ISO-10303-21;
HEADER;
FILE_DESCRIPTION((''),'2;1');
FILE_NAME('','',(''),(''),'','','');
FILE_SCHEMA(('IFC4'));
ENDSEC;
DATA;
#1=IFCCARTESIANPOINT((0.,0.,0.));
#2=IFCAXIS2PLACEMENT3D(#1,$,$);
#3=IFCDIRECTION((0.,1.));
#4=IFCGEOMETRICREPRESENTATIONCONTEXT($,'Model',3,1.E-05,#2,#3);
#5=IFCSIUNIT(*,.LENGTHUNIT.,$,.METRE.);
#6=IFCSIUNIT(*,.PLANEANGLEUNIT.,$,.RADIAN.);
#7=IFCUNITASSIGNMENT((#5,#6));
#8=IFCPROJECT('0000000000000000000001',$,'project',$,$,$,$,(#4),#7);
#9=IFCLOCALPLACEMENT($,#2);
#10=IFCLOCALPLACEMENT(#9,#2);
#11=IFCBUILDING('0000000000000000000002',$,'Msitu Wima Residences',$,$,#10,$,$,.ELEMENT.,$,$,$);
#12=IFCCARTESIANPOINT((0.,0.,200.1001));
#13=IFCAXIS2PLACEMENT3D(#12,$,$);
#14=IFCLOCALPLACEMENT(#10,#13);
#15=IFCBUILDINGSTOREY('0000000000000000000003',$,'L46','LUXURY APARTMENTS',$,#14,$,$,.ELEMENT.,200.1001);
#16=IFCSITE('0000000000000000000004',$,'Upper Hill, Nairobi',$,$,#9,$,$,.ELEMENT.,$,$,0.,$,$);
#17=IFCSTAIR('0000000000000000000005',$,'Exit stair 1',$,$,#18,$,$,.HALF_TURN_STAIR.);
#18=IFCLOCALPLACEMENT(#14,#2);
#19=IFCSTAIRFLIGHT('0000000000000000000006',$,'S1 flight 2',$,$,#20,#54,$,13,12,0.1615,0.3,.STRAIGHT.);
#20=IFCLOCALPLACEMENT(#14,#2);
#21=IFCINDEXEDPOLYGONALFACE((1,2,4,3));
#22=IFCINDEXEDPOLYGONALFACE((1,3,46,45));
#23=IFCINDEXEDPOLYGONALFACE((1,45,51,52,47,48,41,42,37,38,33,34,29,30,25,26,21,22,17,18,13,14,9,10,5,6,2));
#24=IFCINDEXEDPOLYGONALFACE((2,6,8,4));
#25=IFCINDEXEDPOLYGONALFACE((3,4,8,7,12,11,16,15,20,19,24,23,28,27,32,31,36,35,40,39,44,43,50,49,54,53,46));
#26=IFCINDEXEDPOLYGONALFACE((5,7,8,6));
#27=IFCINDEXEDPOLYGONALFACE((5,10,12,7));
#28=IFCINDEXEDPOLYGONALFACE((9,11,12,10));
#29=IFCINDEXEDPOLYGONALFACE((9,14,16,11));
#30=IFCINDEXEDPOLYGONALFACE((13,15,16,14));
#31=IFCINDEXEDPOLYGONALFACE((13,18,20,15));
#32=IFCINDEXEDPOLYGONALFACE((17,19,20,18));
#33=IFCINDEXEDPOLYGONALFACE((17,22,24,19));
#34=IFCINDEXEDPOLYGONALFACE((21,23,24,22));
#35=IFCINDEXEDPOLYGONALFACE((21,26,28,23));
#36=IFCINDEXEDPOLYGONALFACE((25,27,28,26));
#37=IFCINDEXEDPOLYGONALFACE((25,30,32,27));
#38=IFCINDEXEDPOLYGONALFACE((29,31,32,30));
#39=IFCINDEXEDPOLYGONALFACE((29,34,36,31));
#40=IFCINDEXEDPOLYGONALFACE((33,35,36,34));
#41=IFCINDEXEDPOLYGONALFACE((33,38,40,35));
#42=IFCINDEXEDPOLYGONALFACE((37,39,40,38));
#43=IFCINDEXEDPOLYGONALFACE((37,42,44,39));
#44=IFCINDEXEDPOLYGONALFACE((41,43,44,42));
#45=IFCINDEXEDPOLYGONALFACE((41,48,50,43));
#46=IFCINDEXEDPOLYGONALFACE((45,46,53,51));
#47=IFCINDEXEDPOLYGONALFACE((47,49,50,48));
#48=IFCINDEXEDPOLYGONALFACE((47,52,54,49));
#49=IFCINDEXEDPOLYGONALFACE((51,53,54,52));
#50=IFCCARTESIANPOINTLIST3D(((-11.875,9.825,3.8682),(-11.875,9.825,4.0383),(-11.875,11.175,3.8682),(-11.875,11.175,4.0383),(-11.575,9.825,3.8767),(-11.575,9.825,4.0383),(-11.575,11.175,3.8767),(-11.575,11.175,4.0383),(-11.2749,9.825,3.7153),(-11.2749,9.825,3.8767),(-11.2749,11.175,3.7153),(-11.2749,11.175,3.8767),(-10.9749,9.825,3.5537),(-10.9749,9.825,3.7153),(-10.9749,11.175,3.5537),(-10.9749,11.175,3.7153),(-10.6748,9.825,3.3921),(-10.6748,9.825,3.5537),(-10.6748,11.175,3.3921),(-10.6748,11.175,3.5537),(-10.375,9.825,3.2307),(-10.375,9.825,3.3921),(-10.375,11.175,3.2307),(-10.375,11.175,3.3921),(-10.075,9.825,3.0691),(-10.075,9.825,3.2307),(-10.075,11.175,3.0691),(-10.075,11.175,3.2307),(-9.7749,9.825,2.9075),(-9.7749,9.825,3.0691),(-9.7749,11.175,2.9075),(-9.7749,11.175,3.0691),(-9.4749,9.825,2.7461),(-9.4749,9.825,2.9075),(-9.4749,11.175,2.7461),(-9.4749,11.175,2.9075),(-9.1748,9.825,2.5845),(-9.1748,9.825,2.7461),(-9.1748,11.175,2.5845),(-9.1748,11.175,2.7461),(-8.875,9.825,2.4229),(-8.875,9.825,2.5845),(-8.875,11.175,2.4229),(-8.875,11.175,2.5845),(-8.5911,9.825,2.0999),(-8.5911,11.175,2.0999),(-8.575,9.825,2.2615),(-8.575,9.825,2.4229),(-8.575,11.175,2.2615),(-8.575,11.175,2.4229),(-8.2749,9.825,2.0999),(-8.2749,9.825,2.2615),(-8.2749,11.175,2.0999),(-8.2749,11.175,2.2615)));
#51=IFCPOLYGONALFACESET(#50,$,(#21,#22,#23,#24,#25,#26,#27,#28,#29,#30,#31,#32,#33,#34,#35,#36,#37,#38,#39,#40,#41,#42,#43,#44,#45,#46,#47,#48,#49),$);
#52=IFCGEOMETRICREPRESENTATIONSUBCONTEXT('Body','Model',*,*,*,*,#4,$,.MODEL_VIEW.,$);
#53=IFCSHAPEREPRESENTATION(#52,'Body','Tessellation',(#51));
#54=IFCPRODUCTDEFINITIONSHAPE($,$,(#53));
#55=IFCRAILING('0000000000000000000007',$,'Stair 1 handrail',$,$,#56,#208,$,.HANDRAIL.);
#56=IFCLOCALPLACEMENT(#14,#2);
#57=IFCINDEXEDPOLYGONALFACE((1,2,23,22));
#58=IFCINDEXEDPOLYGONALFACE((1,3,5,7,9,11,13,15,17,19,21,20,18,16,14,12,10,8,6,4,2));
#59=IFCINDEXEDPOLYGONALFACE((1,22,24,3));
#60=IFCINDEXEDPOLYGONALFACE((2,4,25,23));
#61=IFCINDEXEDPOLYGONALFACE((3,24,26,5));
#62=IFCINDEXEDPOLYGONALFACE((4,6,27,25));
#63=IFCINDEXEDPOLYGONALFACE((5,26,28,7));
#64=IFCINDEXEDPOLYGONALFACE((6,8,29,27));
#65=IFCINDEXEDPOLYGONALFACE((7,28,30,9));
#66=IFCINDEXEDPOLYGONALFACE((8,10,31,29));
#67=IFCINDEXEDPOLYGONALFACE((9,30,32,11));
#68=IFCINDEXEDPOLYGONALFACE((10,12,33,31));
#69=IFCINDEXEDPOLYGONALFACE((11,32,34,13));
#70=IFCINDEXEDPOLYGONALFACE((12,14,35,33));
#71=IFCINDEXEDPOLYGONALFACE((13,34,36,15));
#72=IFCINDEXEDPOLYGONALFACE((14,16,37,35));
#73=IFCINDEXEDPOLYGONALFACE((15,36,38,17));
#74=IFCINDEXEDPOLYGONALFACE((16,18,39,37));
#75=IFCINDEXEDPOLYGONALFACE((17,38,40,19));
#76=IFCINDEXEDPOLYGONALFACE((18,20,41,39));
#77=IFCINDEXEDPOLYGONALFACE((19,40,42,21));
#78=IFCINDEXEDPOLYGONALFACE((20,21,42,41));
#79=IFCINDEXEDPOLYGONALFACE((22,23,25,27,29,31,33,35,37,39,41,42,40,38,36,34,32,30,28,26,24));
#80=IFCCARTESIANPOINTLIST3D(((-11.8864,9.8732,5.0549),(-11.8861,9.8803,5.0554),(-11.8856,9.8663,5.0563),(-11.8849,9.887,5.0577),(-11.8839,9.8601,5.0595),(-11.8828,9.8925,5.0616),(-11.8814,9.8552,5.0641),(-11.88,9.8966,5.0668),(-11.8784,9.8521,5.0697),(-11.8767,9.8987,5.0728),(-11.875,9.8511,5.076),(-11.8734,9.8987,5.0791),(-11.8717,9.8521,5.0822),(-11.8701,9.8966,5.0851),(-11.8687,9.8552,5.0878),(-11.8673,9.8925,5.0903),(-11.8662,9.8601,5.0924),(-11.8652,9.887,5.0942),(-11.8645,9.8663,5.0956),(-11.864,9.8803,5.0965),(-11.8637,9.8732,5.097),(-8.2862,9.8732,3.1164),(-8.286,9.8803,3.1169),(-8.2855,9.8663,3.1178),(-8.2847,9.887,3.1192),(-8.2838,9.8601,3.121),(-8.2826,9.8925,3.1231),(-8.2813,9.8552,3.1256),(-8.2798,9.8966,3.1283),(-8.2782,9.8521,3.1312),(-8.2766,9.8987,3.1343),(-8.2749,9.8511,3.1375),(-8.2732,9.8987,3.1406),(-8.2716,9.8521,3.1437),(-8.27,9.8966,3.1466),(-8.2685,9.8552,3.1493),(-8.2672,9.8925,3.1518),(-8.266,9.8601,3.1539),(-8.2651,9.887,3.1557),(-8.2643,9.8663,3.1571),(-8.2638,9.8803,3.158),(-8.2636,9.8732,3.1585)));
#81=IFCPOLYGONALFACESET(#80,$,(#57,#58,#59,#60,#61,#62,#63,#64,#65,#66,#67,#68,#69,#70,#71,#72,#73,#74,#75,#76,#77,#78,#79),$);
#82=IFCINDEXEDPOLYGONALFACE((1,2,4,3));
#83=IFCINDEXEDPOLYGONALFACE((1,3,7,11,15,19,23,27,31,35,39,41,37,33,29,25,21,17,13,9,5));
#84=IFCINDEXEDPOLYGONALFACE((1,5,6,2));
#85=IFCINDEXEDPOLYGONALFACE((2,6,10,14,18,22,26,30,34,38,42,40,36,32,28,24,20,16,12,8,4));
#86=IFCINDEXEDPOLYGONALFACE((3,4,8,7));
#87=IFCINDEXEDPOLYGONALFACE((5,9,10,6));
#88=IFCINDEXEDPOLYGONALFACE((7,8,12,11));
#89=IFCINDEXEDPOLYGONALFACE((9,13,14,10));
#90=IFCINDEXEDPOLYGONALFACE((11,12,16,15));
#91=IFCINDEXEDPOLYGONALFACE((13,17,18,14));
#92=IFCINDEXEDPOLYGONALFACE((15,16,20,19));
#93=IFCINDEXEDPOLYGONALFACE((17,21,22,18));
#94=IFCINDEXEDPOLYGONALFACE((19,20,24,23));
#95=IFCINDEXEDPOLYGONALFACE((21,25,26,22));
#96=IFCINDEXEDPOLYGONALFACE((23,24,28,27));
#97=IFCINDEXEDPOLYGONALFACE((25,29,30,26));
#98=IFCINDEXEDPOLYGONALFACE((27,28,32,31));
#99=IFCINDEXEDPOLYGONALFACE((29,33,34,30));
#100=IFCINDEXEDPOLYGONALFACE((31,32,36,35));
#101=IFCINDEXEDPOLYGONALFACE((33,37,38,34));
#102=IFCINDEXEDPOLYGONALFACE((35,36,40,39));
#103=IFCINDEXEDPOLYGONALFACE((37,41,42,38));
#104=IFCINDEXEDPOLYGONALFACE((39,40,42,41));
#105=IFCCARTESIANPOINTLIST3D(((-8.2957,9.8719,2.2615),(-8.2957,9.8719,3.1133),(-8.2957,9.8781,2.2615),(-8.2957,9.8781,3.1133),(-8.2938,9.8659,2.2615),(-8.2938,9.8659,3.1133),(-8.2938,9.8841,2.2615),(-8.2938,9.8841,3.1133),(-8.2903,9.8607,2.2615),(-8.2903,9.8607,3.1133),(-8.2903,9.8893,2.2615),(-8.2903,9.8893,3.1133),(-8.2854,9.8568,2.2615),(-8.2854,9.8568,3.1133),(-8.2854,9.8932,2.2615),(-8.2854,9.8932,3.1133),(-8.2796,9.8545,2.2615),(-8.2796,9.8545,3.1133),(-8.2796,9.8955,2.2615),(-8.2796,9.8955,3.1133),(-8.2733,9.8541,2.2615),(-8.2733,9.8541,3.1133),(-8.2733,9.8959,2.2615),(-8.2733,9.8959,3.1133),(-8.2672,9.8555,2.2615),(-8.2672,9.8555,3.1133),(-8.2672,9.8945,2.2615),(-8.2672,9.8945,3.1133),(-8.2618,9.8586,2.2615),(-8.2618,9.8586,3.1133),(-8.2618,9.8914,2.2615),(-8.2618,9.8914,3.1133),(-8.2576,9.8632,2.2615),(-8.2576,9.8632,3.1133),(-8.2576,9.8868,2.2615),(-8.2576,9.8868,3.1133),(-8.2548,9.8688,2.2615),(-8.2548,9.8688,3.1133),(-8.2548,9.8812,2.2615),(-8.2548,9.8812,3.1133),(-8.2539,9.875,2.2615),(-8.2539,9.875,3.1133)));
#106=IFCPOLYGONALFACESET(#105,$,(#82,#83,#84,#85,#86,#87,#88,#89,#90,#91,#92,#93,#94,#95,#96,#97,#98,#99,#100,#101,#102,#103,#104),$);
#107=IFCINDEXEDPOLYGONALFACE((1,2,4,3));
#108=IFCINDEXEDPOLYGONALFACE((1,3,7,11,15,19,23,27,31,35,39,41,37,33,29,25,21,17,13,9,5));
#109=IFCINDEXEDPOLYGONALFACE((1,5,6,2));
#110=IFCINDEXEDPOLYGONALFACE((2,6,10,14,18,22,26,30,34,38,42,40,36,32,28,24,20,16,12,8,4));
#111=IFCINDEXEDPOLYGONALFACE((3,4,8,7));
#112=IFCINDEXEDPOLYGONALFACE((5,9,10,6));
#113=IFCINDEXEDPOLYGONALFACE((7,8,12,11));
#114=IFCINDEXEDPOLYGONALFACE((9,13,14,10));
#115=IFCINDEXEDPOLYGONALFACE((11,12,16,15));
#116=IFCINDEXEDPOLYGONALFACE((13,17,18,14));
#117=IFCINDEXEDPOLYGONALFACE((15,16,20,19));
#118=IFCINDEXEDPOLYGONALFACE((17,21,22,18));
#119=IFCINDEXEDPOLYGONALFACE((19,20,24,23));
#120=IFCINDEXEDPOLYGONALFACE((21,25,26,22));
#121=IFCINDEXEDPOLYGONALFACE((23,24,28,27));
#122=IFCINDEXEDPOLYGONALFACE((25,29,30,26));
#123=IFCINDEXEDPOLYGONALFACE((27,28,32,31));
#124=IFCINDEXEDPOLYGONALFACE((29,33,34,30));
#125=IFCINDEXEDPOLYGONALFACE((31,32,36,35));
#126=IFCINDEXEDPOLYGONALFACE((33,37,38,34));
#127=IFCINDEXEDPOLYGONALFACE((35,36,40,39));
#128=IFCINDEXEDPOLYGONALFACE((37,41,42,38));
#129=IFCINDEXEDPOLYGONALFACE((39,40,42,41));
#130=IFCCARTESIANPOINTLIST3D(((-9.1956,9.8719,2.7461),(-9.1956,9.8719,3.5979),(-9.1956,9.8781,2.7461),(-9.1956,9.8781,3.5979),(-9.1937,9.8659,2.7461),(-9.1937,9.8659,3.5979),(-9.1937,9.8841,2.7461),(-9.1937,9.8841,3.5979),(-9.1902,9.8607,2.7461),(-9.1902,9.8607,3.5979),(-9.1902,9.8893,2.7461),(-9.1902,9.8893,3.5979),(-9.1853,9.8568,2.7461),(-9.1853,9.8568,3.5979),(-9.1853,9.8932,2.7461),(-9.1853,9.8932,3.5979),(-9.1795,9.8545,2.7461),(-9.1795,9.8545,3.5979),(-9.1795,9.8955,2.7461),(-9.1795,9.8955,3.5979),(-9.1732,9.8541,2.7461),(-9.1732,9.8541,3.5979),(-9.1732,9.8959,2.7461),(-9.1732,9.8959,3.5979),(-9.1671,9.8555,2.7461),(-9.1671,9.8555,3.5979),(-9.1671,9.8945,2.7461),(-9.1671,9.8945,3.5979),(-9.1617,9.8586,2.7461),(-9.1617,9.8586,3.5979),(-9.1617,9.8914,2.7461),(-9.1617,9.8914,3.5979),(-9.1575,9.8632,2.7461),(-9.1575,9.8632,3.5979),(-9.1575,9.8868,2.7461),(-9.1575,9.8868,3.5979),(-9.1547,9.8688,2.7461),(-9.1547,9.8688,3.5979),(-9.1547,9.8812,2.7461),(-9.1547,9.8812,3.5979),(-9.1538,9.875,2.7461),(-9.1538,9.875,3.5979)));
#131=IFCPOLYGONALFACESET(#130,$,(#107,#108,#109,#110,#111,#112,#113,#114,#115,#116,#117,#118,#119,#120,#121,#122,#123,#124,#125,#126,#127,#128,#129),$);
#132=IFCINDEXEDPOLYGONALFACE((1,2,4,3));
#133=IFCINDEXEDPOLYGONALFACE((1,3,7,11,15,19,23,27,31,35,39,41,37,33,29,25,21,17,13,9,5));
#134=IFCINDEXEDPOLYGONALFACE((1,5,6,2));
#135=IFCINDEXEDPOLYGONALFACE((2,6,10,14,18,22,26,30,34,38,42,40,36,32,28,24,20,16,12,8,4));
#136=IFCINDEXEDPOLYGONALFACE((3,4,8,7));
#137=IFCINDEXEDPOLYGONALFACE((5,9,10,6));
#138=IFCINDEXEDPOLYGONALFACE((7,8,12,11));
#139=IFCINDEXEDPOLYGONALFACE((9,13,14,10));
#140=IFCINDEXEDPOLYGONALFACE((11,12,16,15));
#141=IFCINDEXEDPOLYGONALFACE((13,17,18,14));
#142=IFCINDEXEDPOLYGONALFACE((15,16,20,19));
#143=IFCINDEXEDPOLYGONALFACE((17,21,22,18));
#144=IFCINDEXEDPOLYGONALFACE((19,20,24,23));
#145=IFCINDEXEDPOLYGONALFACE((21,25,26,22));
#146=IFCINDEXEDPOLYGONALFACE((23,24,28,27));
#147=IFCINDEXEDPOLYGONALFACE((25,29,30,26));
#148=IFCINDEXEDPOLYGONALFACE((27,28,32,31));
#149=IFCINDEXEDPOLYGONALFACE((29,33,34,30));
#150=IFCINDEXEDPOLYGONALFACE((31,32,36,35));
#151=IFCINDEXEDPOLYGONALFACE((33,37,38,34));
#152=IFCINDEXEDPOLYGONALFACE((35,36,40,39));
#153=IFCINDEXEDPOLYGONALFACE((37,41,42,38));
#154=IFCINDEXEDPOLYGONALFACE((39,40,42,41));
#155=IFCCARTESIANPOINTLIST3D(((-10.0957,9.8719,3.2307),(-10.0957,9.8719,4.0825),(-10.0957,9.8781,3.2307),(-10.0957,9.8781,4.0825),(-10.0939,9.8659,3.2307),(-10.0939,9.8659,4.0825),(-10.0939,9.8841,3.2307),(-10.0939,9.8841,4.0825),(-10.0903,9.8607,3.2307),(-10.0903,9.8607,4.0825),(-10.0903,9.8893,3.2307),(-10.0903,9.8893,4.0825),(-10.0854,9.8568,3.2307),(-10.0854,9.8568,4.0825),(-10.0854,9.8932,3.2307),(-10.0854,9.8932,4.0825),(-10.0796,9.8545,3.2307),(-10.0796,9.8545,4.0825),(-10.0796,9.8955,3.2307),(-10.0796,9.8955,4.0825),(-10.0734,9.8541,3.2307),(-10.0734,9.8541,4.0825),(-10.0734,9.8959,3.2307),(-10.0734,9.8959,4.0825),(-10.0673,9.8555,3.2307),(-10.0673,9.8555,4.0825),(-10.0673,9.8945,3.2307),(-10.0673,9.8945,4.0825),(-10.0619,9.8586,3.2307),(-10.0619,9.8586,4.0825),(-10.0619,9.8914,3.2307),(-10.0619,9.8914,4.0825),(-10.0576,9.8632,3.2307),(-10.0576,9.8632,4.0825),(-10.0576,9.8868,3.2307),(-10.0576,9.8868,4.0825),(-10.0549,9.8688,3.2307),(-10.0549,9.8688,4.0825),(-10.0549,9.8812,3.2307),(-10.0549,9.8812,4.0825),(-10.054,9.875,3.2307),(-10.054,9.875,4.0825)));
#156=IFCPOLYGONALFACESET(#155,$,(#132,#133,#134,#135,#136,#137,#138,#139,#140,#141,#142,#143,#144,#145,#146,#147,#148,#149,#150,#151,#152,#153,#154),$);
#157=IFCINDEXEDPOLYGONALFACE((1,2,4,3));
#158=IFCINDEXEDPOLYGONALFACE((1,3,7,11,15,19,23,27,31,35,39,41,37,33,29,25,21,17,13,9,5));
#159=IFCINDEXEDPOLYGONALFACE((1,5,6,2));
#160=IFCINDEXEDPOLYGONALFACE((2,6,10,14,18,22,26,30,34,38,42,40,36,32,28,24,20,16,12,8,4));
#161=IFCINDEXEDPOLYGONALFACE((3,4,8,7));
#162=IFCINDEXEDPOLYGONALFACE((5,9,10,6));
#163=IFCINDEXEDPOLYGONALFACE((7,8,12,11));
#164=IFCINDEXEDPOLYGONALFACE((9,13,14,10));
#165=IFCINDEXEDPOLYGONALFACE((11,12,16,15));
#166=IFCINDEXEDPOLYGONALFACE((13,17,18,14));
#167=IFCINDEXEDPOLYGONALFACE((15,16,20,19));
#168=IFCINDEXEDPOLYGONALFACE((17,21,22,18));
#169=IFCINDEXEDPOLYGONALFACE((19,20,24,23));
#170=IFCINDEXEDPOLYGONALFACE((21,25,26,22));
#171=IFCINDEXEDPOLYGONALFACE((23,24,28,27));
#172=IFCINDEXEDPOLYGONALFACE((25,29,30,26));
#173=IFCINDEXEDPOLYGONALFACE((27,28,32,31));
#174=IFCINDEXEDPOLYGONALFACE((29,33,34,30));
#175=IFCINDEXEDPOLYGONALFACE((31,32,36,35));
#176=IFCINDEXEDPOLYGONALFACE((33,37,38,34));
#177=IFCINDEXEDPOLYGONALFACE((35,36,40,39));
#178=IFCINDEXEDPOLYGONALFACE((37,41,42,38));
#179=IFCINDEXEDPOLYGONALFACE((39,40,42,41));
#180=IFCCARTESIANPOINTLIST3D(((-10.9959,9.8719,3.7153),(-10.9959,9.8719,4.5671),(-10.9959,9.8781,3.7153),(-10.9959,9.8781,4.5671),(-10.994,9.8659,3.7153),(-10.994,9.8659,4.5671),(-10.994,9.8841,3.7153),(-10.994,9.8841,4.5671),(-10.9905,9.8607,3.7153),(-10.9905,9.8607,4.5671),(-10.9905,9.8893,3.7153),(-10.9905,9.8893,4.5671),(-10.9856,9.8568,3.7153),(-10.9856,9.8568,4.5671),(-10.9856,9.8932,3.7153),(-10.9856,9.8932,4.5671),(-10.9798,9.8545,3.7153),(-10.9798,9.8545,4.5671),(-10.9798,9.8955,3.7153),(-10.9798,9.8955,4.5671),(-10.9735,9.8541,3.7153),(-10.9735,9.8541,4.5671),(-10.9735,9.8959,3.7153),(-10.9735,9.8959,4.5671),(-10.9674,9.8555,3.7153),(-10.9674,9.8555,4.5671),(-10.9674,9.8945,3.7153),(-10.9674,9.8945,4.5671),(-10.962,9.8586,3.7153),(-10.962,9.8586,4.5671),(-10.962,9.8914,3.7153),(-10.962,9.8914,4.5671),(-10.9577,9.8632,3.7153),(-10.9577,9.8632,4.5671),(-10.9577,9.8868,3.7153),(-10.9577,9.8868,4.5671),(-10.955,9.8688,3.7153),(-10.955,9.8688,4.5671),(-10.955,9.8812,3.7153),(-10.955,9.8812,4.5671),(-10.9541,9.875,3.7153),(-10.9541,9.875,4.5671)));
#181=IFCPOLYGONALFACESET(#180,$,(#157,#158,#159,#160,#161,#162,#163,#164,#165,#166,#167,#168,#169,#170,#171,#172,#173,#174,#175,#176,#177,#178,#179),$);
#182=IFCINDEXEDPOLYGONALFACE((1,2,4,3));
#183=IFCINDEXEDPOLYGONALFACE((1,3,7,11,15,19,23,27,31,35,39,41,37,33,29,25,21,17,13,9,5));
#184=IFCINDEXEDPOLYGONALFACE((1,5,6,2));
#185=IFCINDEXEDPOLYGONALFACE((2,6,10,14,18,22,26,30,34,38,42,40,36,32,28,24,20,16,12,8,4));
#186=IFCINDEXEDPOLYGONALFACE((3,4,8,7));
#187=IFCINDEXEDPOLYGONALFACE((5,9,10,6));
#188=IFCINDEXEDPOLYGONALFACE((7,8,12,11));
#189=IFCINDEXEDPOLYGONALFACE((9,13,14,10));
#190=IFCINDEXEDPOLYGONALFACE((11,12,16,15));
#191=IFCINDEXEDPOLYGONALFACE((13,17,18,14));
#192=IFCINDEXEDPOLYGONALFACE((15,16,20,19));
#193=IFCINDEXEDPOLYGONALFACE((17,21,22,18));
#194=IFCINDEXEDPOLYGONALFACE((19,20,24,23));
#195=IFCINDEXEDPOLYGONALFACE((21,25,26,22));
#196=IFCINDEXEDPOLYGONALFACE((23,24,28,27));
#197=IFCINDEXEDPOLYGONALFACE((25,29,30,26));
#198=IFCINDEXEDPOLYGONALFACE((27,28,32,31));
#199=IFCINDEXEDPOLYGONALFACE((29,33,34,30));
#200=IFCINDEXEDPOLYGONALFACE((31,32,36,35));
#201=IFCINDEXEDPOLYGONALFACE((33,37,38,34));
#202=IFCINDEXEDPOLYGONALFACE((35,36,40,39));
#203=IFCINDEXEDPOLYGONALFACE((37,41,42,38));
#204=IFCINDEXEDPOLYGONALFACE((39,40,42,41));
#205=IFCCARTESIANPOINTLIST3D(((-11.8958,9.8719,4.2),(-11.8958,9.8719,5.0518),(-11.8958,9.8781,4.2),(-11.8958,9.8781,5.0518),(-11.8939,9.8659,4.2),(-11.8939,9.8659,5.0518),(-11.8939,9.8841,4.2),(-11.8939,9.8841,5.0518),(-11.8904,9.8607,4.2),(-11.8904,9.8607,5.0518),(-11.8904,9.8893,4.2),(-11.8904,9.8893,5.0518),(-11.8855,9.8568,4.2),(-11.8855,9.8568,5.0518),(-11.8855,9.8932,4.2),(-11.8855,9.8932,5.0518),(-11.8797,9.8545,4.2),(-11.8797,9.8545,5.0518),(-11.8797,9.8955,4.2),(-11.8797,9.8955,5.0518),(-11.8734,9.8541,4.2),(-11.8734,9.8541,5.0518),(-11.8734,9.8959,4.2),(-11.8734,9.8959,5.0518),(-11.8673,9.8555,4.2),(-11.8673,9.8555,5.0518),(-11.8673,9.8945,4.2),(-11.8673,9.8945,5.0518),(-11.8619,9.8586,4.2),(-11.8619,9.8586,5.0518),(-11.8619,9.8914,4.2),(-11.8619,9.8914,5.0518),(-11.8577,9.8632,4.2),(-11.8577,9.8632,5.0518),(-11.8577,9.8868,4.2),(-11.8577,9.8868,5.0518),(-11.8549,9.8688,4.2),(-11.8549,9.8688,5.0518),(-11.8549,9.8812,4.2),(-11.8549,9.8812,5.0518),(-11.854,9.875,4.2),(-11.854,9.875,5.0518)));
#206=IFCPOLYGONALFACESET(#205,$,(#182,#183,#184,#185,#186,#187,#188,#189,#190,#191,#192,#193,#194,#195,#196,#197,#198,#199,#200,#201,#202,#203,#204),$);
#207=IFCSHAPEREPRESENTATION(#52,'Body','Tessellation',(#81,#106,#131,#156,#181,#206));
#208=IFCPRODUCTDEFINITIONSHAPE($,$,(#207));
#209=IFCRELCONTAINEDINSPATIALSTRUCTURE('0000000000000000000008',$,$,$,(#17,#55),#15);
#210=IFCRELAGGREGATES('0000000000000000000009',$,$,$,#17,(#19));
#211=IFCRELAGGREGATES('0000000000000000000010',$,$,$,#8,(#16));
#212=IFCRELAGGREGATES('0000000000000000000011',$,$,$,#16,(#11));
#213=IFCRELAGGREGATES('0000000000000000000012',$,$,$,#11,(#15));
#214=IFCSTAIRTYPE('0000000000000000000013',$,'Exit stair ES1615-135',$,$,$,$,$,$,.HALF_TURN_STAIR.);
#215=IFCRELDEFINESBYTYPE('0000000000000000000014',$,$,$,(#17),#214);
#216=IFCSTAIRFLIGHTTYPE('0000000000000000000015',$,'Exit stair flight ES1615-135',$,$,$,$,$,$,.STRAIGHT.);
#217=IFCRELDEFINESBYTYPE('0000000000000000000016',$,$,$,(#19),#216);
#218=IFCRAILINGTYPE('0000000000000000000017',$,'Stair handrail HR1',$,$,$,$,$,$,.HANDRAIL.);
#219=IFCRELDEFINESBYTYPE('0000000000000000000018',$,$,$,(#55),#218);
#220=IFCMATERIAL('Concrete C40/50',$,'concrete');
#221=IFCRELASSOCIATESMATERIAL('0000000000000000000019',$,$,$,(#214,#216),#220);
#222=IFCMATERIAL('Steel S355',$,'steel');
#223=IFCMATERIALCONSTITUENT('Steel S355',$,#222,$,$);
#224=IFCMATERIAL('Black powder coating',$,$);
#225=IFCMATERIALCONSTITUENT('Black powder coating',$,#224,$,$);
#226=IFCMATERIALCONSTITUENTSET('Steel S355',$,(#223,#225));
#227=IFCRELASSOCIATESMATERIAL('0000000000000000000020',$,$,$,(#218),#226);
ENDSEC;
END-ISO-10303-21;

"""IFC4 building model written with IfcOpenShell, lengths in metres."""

from ifc_helpers import new_model, si_unit, direction, frame, origin, origin_2d, place, context, subcontext, project, spatial, polyline, circle, outline, extrude, material, constituent, constituent_set, type_object, element, aggregate, save


model = new_model("IFC4")

# Units and contexts
model_context = context("Model", 3, precision=1e-05, world=origin(), true_north=direction((0.0, 1.0)))
body_context = subcontext(model_context, "Body", "Model", "MODEL_VIEW")
ifc_project = project(units=[si_unit("LENGTHUNIT", "METRE"), si_unit("PLANEANGLEUNIT", "RADIAN")], contexts=[model_context])

# Site, building, storey
site_placement = place(None, origin())
site = spatial("IfcSite", under=ifc_project, at=site_placement, Name="Upper Hill, Nairobi", CompositionType="ELEMENT", RefElevation=0.0)
building_placement = place(site_placement, origin())
building = spatial("IfcBuilding", under=site, at=building_placement, Name="Msitu Wima Residences", CompositionType="ELEMENT")
storey_placement = place(building_placement, frame((0.0, 0.0, 200.1001)))
storey = spatial("IfcBuildingStorey", under=building, at=storey_placement, Name="L46", Description="LUXURY APARTMENTS", CompositionType="ELEMENT", Elevation=200.1001)

# Shared definitions
ifc_material_1 = material(Name="Concrete C40/50", Category="concrete")

# Stair, stair flight
stair_type = type_object("IfcStairType", Name="Exit stair ES1615-135", PredefinedType="HALF_TURN_STAIR", material=ifc_material_1)
stair_placement = place(storey_placement, origin())
stair = element("IfcStair", 1, at=stair_placement, inside=storey, type_object=stair_type, Name="Exit stair 1", PredefinedType="HALF_TURN_STAIR")
stair_flight_type = type_object("IfcStairFlightType", Name="Exit stair flight ES1615-135", PredefinedType="STRAIGHT", material=ifc_material_1)
stair_flight_placement = place(storey_placement, frame((-8.2749, 10.5, 2.0999), z_axis=(0.0, 0.0, 1.0), x_axis=(-1.0, 0.0, 0.0)))
stair_flight = element("IfcStairFlight", 2, at=stair_flight_placement, type_object=stair_flight_type, Name="S1 flight 2", NumberOfRisers=13, NumberOfTreads=12, PredefinedType="STRAIGHT", RiserHeight=0.1615, TreadLength=0.3, context=body_context, shape_type="SweptSolid", body=[
    extrude(outline(polyline([(0.0, 0.0), (0.0, 0.1616), (0.3, 0.1616), (0.3, 0.323), (0.6001, 0.323), (0.6001, 0.4846), (0.8999, 0.4846), (0.8999, 0.6462), (1.2, 0.6462), (1.2, 0.8076), (1.5, 0.8076), (1.5, 0.9692), (1.8, 0.9692), (1.8, 1.1309), (2.1001, 1.1309), (2.1001, 1.2922), (2.3999, 1.2922), (2.3999, 1.4539), (2.7, 1.4539), (2.7, 1.6155), (3.0, 1.6155), (3.0, 1.7769), (3.3, 1.7769), (3.3, 1.9385), (3.6001, 1.9385), (3.6001, 2.1001), (3.6001, 1.7683), (0.3162, 0.0), (0.0, 0.0)])), frame((0.0, 0.675, 0.0), z_axis=(0.0, -1.0, 0.0), x_axis=(1.0, 0.0, 0.0)), (0.0, 0.0, 1.0), 1.3501),
])
aggregate(stair, [stair_flight])

# Railing
ifc_material_2 = material(Name="Steel S355", Category="steel")
ifc_constituent_1 = constituent(ifc_material_2, Name="Steel S355")
ifc_material_3 = material(Name="Black powder coating")
ifc_constituent_2 = constituent(ifc_material_3, Name="Black powder coating")
ifc_constituent_set_1 = constituent_set(constituents=[ifc_constituent_1, ifc_constituent_2], Name="Steel S355")
railing_type_1 = type_object("IfcRailingType", Name="Stair handrail HR1", PredefinedType="HANDRAIL", material=ifc_constituent_set_1)
for number, where, name in (
    (3, (-8.2749, 9.875, 2.2615), "Stair 1 handrail"),
):
    element("IfcRailing", number, at=place(storey_placement, frame(where)), inside=storey, type_object=railing_type_1, Name=name, PredefinedType="HANDRAIL", context=body_context, shape_type="SweptSolid", body=[
        extrude(circle(Radius=0.0239, at=origin_2d()), frame((0.0, 0.0, 0.876), z_axis=(-0.880475, 0.0, 0.474093), x_axis=(0.0, -1.0, 0.0)), (0.0, 0.0, 1.0), 4.0889),
        extrude(circle(Radius=0.021, at=origin_2d()), origin(), (0.0, 0.0, 1.0), 0.8518),
        extrude(circle(Radius=0.021, at=origin_2d()), frame((-0.8999, 0.0, 0.4846)), (0.0, 0.0, 1.0), 0.8518),
        extrude(circle(Radius=0.021, at=origin_2d()), frame((-1.8, 0.0, 0.9692)), (0.0, 0.0, 1.0), 0.8518),
        extrude(circle(Radius=0.021, at=origin_2d()), frame((-2.7002, 0.0, 1.4539)), (0.0, 0.0, 1.0), 0.8518),
        extrude(circle(Radius=0.021, at=origin_2d()), frame((-3.6001, 0.0, 1.9385)), (0.0, 0.0, 1.0), 0.8518),
    ])

save(model, "model.ifc")
